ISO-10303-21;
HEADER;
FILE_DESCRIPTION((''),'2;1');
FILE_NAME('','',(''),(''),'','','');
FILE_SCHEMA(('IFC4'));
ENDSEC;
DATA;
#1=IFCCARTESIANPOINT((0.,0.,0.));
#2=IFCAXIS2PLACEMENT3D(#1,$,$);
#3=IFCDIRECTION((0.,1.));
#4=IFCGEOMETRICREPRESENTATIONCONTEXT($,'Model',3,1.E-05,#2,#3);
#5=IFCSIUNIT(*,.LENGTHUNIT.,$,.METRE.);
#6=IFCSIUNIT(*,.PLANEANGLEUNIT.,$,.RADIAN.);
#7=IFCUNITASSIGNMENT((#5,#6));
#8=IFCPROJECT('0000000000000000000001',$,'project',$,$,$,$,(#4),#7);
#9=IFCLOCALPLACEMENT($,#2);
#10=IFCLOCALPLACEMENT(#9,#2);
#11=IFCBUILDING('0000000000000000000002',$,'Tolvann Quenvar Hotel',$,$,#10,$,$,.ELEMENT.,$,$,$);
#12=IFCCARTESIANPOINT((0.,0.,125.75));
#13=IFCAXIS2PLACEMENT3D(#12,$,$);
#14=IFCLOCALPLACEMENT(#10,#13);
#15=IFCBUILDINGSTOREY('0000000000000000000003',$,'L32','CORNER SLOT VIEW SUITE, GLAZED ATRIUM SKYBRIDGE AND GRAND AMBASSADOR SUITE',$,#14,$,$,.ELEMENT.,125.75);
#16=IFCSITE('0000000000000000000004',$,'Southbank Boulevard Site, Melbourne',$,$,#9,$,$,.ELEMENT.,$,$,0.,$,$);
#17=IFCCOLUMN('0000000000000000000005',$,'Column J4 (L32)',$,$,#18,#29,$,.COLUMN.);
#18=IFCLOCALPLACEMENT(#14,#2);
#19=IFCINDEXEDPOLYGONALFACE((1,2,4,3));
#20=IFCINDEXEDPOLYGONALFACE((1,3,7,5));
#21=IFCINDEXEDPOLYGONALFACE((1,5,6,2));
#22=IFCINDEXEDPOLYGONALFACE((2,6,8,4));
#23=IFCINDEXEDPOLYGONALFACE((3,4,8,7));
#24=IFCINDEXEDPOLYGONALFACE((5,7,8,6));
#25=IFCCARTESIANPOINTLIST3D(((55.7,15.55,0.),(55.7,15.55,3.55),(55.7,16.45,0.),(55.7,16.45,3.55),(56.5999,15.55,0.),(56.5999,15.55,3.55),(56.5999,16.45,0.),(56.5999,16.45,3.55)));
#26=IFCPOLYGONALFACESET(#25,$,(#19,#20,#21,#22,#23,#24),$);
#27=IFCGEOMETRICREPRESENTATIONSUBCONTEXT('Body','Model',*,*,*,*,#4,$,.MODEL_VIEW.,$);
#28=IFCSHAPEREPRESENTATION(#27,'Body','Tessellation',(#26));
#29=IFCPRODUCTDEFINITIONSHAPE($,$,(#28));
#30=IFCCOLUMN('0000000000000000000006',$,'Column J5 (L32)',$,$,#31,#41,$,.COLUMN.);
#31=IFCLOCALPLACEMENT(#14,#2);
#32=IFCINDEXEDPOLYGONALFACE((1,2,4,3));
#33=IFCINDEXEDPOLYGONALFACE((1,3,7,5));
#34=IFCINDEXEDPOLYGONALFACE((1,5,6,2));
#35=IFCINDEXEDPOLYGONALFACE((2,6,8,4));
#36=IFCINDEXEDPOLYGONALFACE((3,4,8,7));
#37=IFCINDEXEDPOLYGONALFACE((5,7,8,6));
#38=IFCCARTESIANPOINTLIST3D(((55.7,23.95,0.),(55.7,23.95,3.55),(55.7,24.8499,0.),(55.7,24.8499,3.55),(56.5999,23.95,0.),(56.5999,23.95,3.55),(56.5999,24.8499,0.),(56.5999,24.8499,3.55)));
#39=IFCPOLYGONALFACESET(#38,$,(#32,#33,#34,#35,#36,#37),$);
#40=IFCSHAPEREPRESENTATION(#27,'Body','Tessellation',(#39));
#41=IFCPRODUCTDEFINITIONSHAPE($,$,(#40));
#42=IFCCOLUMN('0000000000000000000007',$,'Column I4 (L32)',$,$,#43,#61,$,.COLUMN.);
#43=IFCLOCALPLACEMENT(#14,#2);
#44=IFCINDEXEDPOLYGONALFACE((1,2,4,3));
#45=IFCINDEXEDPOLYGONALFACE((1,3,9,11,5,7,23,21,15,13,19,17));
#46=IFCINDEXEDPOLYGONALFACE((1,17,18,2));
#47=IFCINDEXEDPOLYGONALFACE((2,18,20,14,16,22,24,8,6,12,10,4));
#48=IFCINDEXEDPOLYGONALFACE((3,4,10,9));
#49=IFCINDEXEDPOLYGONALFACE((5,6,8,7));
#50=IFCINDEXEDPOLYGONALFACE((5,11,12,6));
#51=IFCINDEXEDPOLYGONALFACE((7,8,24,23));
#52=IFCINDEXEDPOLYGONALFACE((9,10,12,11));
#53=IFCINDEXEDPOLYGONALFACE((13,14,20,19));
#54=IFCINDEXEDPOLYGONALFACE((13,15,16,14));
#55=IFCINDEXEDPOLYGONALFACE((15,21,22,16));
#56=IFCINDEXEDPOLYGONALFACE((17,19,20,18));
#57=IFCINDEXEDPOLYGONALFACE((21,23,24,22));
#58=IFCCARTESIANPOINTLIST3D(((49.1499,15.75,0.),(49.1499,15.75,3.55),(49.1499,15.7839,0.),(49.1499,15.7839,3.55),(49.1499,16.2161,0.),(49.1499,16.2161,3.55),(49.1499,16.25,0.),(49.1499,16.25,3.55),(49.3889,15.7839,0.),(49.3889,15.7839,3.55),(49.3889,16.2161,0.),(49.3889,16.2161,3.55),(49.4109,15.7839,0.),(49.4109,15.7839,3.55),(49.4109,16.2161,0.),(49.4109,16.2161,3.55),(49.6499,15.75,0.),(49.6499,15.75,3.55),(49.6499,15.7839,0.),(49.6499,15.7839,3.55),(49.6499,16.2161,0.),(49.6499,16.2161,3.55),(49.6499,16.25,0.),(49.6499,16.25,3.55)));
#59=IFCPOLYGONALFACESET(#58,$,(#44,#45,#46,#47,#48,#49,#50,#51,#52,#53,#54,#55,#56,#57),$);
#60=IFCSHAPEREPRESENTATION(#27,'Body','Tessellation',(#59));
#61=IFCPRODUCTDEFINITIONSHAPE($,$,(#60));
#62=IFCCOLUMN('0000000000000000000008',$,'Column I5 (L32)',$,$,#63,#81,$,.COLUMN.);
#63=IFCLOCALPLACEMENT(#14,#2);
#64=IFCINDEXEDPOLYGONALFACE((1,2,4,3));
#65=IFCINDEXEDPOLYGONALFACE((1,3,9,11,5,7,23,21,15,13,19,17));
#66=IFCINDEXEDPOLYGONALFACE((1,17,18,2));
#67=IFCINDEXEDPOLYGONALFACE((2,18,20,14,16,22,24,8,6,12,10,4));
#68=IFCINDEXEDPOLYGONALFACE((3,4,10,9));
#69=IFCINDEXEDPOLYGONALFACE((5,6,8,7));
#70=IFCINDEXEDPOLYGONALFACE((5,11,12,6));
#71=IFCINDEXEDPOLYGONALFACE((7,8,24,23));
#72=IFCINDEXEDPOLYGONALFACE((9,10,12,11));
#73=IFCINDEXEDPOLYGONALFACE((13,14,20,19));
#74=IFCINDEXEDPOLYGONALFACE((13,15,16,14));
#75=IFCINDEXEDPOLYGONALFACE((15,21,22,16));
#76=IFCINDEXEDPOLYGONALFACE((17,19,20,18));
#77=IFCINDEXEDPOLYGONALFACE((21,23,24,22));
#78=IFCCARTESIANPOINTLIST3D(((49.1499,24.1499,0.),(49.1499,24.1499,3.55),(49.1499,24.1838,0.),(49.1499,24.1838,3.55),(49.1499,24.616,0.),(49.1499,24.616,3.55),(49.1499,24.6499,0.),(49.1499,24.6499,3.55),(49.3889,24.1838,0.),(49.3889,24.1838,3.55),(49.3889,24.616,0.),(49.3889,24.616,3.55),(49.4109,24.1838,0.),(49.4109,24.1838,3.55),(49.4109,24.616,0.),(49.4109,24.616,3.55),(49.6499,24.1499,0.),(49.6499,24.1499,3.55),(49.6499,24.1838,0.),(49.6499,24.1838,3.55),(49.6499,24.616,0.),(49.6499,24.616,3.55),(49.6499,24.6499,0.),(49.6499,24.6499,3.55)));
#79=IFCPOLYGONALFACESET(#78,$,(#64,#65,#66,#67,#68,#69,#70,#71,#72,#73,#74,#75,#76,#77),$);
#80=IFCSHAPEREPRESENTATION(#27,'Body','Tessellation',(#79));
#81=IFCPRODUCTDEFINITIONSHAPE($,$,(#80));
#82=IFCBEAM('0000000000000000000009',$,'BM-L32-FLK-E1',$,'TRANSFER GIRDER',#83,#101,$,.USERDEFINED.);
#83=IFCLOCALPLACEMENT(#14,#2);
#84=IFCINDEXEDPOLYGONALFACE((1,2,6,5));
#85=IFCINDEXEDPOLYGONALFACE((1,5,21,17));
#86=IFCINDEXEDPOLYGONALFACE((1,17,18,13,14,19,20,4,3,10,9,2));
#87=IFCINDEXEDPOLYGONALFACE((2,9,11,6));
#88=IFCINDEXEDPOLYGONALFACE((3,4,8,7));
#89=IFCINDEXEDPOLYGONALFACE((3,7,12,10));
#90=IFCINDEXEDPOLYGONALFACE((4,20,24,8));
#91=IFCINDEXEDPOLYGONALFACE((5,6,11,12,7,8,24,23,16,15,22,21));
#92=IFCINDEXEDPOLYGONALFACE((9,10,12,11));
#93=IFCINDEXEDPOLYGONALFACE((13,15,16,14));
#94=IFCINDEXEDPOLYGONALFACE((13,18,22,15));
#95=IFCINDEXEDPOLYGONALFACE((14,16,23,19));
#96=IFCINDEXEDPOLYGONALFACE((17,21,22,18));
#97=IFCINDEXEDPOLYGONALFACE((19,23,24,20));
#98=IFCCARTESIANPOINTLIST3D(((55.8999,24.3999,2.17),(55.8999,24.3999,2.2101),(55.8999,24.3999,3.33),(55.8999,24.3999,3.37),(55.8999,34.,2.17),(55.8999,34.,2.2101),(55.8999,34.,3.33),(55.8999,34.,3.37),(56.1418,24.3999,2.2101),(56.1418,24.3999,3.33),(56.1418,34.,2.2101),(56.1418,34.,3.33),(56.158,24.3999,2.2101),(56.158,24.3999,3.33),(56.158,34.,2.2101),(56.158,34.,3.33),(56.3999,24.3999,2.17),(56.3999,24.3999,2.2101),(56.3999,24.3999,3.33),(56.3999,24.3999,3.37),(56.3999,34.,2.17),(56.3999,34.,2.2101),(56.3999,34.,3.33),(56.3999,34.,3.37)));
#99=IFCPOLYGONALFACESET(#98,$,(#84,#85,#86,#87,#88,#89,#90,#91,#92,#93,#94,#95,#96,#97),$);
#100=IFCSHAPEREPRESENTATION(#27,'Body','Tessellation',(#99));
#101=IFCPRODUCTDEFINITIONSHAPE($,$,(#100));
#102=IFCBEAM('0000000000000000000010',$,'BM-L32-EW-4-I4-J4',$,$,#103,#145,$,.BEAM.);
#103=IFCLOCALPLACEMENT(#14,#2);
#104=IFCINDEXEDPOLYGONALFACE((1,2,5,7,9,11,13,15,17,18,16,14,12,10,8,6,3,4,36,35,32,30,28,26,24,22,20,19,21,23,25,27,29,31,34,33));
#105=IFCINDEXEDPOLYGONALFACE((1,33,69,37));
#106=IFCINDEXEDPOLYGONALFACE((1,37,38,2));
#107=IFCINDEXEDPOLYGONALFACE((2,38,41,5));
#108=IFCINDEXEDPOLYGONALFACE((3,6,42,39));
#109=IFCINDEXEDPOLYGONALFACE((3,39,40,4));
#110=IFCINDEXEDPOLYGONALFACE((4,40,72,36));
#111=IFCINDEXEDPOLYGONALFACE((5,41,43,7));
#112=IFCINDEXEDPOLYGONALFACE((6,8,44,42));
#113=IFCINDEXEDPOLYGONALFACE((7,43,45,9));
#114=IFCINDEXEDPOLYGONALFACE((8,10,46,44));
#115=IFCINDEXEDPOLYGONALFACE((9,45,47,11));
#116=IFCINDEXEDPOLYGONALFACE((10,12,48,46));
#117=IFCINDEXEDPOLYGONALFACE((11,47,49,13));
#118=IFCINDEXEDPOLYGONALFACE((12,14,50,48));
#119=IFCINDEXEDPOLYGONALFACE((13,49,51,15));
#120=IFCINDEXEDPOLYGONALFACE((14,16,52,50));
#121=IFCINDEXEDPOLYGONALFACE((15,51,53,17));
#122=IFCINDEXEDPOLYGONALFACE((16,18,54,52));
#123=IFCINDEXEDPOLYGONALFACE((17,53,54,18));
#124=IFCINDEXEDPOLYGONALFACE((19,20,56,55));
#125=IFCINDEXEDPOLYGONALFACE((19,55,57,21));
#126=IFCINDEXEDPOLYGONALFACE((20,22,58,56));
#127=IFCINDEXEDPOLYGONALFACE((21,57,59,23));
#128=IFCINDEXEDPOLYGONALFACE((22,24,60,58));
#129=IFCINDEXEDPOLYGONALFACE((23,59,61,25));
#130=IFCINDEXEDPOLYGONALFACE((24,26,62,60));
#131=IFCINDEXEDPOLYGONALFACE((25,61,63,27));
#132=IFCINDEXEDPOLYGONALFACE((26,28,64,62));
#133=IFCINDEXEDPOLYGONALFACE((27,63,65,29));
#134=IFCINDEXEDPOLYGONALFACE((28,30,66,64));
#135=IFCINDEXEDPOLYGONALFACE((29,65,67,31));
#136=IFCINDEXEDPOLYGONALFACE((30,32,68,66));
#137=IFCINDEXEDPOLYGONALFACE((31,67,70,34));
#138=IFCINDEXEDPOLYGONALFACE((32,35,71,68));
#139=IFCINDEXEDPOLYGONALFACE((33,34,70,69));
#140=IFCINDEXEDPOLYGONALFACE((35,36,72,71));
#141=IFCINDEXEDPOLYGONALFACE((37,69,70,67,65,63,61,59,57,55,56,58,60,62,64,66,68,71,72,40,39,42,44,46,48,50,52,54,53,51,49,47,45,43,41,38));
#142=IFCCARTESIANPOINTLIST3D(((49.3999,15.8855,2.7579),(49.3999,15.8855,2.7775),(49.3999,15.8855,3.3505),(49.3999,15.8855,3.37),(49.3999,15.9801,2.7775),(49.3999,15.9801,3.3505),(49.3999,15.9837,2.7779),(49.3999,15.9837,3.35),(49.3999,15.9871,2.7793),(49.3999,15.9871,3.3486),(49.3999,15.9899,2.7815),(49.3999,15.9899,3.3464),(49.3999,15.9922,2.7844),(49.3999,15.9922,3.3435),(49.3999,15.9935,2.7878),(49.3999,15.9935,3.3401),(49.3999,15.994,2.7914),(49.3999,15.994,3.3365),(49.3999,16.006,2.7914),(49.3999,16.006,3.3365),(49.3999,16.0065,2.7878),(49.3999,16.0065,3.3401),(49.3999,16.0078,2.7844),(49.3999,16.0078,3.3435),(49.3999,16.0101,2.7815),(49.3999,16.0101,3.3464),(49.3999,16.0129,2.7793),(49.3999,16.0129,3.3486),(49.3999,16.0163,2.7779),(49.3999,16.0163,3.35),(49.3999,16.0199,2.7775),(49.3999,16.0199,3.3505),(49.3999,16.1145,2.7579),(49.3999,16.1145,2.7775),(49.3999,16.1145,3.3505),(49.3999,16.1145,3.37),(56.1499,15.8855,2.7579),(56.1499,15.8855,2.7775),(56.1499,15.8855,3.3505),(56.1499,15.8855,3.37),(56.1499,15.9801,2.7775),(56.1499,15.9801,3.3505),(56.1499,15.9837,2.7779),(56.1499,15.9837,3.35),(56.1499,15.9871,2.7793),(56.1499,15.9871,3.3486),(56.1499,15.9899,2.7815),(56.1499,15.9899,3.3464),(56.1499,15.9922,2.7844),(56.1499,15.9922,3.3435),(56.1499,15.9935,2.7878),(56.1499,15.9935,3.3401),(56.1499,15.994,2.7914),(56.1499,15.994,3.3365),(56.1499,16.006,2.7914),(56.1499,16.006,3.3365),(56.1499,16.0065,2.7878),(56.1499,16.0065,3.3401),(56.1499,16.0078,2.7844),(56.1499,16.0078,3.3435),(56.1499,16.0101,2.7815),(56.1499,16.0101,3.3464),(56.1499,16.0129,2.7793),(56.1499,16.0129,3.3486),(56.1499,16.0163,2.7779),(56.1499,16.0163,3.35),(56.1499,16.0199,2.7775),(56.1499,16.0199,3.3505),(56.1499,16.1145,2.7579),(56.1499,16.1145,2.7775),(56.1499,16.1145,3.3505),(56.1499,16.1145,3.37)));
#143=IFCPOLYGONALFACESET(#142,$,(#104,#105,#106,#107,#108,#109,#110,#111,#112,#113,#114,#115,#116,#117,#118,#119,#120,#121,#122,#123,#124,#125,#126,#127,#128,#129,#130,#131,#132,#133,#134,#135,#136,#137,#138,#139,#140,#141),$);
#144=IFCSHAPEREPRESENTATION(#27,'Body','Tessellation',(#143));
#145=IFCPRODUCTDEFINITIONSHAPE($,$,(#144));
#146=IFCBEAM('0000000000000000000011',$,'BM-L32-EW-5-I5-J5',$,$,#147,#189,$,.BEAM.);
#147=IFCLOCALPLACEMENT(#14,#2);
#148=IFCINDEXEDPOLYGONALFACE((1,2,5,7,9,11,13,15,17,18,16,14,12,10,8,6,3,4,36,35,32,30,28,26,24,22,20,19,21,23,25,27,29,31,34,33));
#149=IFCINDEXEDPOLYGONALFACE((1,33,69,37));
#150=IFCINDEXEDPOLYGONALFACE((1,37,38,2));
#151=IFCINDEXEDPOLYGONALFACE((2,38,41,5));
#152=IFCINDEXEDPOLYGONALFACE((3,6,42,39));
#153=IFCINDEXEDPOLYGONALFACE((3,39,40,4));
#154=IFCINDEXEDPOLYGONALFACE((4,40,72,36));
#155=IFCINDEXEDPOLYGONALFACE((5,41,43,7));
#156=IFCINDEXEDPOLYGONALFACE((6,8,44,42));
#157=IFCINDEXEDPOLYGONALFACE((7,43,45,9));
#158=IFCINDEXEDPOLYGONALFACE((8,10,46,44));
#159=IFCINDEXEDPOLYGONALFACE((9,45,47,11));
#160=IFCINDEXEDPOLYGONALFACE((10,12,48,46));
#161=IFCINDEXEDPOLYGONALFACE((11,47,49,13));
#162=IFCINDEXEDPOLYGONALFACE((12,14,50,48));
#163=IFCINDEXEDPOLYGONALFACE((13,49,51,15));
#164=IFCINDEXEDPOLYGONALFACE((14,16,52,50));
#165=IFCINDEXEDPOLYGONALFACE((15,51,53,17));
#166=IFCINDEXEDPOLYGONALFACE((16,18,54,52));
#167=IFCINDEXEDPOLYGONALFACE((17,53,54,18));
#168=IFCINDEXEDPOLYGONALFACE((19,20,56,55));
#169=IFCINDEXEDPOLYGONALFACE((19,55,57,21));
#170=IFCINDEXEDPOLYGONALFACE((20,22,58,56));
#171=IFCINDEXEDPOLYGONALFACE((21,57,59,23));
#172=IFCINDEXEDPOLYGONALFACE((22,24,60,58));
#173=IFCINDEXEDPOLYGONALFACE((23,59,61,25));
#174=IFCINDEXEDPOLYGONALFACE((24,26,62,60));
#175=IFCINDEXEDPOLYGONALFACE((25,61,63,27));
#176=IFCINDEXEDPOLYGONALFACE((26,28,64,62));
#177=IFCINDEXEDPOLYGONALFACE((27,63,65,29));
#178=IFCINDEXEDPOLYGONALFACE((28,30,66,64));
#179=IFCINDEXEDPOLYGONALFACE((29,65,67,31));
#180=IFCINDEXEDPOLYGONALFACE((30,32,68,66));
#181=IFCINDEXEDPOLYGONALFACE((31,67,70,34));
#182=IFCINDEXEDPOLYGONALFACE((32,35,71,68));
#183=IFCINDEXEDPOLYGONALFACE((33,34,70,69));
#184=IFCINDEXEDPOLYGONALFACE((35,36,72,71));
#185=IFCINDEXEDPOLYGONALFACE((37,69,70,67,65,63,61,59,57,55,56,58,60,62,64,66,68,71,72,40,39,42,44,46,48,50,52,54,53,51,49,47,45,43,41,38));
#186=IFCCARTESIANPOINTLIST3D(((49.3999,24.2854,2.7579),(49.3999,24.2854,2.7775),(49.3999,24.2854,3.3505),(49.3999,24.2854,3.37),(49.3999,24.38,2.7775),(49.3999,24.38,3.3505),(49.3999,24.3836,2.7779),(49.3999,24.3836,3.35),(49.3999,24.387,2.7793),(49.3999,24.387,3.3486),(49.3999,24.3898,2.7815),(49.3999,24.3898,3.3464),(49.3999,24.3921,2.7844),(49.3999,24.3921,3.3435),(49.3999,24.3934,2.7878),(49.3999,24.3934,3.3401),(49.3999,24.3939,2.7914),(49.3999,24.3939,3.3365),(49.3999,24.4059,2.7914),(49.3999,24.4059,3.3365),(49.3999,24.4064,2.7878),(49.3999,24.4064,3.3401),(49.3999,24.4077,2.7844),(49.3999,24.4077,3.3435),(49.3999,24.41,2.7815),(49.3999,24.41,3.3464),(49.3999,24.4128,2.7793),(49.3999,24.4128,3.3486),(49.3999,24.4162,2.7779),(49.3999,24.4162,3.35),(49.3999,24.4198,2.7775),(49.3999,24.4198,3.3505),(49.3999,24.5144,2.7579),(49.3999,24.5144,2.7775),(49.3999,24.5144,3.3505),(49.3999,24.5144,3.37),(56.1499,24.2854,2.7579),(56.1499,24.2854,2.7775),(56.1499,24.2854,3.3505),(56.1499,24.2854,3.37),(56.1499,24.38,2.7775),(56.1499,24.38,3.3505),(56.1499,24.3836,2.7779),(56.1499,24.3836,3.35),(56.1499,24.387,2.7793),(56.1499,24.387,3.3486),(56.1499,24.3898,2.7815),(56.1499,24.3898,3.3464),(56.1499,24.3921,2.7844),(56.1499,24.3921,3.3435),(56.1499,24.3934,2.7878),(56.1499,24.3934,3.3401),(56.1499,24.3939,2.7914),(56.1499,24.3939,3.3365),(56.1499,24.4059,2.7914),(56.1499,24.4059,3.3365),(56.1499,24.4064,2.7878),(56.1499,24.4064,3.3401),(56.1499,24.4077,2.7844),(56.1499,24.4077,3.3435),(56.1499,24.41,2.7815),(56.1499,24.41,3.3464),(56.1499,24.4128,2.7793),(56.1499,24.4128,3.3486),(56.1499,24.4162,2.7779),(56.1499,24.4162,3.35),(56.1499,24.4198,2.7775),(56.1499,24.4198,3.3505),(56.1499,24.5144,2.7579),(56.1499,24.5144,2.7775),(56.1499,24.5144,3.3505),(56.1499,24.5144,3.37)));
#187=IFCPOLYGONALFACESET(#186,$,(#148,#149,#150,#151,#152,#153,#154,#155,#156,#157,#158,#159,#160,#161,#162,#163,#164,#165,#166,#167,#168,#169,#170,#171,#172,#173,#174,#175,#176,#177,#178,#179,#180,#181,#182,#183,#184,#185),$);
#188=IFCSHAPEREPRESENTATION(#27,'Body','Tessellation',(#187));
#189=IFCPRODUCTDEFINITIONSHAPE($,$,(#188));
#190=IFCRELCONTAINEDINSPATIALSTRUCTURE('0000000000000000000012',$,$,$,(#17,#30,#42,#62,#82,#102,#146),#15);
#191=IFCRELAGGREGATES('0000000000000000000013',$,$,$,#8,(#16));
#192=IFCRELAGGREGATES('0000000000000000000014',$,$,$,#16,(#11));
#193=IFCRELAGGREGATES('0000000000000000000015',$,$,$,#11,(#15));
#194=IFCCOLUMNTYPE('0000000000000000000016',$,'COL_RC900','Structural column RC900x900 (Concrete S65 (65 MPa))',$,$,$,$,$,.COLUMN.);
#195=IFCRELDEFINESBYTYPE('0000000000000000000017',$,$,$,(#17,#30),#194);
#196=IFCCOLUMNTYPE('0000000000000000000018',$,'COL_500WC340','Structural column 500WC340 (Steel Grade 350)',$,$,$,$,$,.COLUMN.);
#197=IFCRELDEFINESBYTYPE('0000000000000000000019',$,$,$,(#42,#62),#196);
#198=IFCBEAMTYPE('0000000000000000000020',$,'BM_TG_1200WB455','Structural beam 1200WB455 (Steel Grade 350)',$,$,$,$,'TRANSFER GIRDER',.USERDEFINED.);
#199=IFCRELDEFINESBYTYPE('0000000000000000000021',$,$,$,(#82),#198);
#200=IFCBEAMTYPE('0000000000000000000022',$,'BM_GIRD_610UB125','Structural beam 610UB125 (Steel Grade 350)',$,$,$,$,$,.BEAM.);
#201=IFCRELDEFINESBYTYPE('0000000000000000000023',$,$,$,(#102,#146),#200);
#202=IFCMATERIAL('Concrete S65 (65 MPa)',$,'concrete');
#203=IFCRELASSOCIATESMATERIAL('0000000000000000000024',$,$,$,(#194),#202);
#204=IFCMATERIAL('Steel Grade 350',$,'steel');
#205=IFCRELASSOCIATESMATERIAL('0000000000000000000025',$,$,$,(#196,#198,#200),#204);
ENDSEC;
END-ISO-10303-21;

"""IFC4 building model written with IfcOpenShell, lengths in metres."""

from ifc_helpers import new_model, si_unit, direction, frame, origin, origin_2d, place, context, subcontext, project, spatial, rectangle, i_section, extrude, source, transform, mapped, material, material_profile, profile_set, type_object, type_shapes, element, save


model = new_model("IFC4")

# Units and contexts
model_context = context("Model", 3, precision=1e-05, world=origin(), true_north=direction((0.0, 1.0)))
body_context = subcontext(model_context, "Body", "Model", "MODEL_VIEW")
ifc_project = project(units=[si_unit("LENGTHUNIT", "METRE"), si_unit("PLANEANGLEUNIT", "RADIAN")], contexts=[model_context])

# Site, building, storey
site_placement = place(None, origin())
site = spatial("IfcSite", under=ifc_project, at=site_placement, Name="Southbank Boulevard Site, Melbourne", CompositionType="ELEMENT", RefElevation=0.0)
building_placement = place(site_placement, origin())
building = spatial("IfcBuilding", under=site, at=building_placement, Name="Tolvann Quenvar Hotel", CompositionType="ELEMENT")
storey_placement = place(building_placement, frame((0.0, 0.0, 125.75)))
storey = spatial("IfcBuildingStorey", under=building, at=storey_placement, Name="L32", Description="CORNER SLOT VIEW SUITE, GLAZED ATRIUM SKYBRIDGE AND GRAND AMBASSADOR SUITE", CompositionType="ELEMENT", Elevation=125.75)

# Columns
ifc_material_1 = material(Name="Concrete S65 (65 MPa)", Category="concrete")
ifc_material_profile_1 = material_profile(ifc_material_1, rectangle(XDim=0.8999, YDim=0.8999, at=origin_2d()), Name="RC900x900")
ifc_profile_set_1 = profile_set([ifc_material_profile_1], Name="Concrete S65 (65 MPa)")
column_type_1 = type_object("IfcColumnType", Name="COL_RC900", Description="Structural column RC900x900 (Concrete S65 (65 MPa))", PredefinedType="COLUMN", material=ifc_profile_set_1)
shared_shape_1 = source(origin(), body_context, "Body", "SweptSolid", [
    extrude(rectangle(XDim=0.8999, YDim=0.8999, at=origin_2d()), origin(), (0.0, 0.0, 1.0), 3.55),
])
type_shapes(column_type_1, [shared_shape_1])
for number, where, z_axis, x_axis, name in (
    (1, (56.1499, 16.0, 0.0), (0.0, 0.0, 1.0), (1.0, 0.0, 0.0), "Column J4 (L32)"),
    (2, (56.1499, 24.3999, 0.0), (0.0, 0.0, 1.0), (1.0, 0.0, 0.0), "Column J5 (L32)"),
):
    element("IfcColumn", number, at=place(storey_placement, frame(where, z_axis=z_axis, x_axis=x_axis)), inside=storey, type_object=column_type_1, Name=name, PredefinedType="COLUMN", context=body_context, shape_type="MappedRepresentation", body=[
        mapped(shared_shape_1, transform((0.0, 0.0, 0.0), x_axis=(1.0, 0.0, 0.0), y_axis=(0.0, 1.0, 0.0), z_axis=(0.0, 0.0, 1.0), scale=1.0)),
    ])
ifc_material_2 = material(Name="Steel Grade 350", Category="steel")
ifc_material_profile_2 = material_profile(ifc_material_2, i_section(OverallWidth=0.5, OverallDepth=0.5, WebThickness=0.022, FlangeThickness=0.0339, at=origin_2d()), Name="500WC340")
ifc_profile_set_2 = profile_set([ifc_material_profile_2], Name="Steel Grade 350")
column_type_2 = type_object("IfcColumnType", Name="COL_500WC340", Description="Structural column 500WC340 (Steel Grade 350)", PredefinedType="COLUMN", material=ifc_profile_set_2)
shared_shape_2 = source(origin(), body_context, "Body", "SweptSolid", [
    extrude(i_section(OverallWidth=0.5, OverallDepth=0.5, WebThickness=0.022, FlangeThickness=0.0339, at=origin_2d()), origin(), (0.0, 0.0, 1.0), 3.55),
])
type_shapes(column_type_2, [shared_shape_2])
for number, where, z_axis, x_axis, name in (
    (3, (49.3999, 16.0, 0.0), (0.0, 0.0, 1.0), (1.0, 0.0, 0.0), "Column I4 (L32)"),
    (4, (49.3999, 24.3999, 0.0), (0.0, 0.0, 1.0), (1.0, 0.0, 0.0), "Column I5 (L32)"),
):
    element("IfcColumn", number, at=place(storey_placement, frame(where, z_axis=z_axis, x_axis=x_axis)), inside=storey, type_object=column_type_2, Name=name, PredefinedType="COLUMN", context=body_context, shape_type="MappedRepresentation", body=[
        mapped(shared_shape_2, transform((0.0, 0.0, 0.0), x_axis=(1.0, 0.0, 0.0), y_axis=(0.0, 1.0, 0.0), z_axis=(0.0, 0.0, 1.0), scale=1.0)),
    ])

# Beams
ifc_material_profile_3 = material_profile(ifc_material_2, i_section(OverallWidth=0.5, OverallDepth=1.2, WebThickness=0.0161, FlangeThickness=0.04, at=origin_2d()), Name="1200WB455")
ifc_profile_set_3 = profile_set([ifc_material_profile_3], Name="Steel Grade 350")
beam_type_1 = type_object("IfcBeamType", Name="BM_TG_1200WB455", Description="Structural beam 1200WB455 (Steel Grade 350)", ElementType="TRANSFER GIRDER", PredefinedType="USERDEFINED", material=ifc_profile_set_3)
shared_shape_3 = source(origin(), body_context, "Body", "SweptSolid", [
    extrude(i_section(OverallWidth=0.5, OverallDepth=1.2, WebThickness=0.0161, FlangeThickness=0.04, at=origin_2d()), origin(), (0.0, 0.0, 1.0), 9.6001),
])
beam_1_placement = place(storey_placement, frame((56.1499, 24.3999, 2.77), z_axis=(0.0, 1.0, 0.0), x_axis=(-1.0, 0.0, 0.0)))
element("IfcBeam", 5, at=beam_1_placement, inside=storey, type_object=beam_type_1, Name="BM-L32-FLK-E1", ObjectType="TRANSFER GIRDER", PredefinedType="USERDEFINED", context=body_context, shape_type="MappedRepresentation", body=[
    mapped(shared_shape_3, transform((0.0, 0.0, 0.0), x_axis=(1.0, 0.0, 0.0), y_axis=(0.0, 1.0, 0.0), z_axis=(0.0, 0.0, 1.0), scale=1.0)),
])
ifc_material_profile_4 = material_profile(ifc_material_2, i_section(OverallWidth=0.229, OverallDepth=0.6121, WebThickness=0.012, FlangeThickness=0.0195, FilletRadius=0.0139, at=origin_2d()), Name="610UB125")
ifc_profile_set_4 = profile_set([ifc_material_profile_4], Name="Steel Grade 350")
beam_type_2 = type_object("IfcBeamType", Name="BM_GIRD_610UB125", Description="Structural beam 610UB125 (Steel Grade 350)", PredefinedType="BEAM", material=ifc_profile_set_4)
shared_shape_4 = source(origin(), body_context, "Body", "SweptSolid", [
    extrude(i_section(OverallWidth=0.229, OverallDepth=0.6121, WebThickness=0.012, FlangeThickness=0.0195, FilletRadius=0.0139, at=origin_2d()), origin(), (0.0, 0.0, 1.0), 6.75),
])
for number, where, z_axis, x_axis, name in (
    (6, (49.3999, 16.0, 3.064), (1.0, 0.0, 0.0), (0.0, 1.0, 0.0), "BM-L32-EW-4-I4-J4"),
    (7, (49.3999, 24.3999, 3.064), (1.0, 0.0, 0.0), (0.0, 1.0, 0.0), "BM-L32-EW-5-I5-J5"),
):
    element("IfcBeam", number, at=place(storey_placement, frame(where, z_axis=z_axis, x_axis=x_axis)), inside=storey, type_object=beam_type_2, Name=name, PredefinedType="BEAM", context=body_context, shape_type="MappedRepresentation", body=[
        mapped(shared_shape_4, transform((0.0, 0.0, 0.0), x_axis=(1.0, 0.0, 0.0), y_axis=(0.0, 1.0, 0.0), z_axis=(0.0, 0.0, 1.0), scale=1.0)),
    ])

save(model, "model.ifc")
